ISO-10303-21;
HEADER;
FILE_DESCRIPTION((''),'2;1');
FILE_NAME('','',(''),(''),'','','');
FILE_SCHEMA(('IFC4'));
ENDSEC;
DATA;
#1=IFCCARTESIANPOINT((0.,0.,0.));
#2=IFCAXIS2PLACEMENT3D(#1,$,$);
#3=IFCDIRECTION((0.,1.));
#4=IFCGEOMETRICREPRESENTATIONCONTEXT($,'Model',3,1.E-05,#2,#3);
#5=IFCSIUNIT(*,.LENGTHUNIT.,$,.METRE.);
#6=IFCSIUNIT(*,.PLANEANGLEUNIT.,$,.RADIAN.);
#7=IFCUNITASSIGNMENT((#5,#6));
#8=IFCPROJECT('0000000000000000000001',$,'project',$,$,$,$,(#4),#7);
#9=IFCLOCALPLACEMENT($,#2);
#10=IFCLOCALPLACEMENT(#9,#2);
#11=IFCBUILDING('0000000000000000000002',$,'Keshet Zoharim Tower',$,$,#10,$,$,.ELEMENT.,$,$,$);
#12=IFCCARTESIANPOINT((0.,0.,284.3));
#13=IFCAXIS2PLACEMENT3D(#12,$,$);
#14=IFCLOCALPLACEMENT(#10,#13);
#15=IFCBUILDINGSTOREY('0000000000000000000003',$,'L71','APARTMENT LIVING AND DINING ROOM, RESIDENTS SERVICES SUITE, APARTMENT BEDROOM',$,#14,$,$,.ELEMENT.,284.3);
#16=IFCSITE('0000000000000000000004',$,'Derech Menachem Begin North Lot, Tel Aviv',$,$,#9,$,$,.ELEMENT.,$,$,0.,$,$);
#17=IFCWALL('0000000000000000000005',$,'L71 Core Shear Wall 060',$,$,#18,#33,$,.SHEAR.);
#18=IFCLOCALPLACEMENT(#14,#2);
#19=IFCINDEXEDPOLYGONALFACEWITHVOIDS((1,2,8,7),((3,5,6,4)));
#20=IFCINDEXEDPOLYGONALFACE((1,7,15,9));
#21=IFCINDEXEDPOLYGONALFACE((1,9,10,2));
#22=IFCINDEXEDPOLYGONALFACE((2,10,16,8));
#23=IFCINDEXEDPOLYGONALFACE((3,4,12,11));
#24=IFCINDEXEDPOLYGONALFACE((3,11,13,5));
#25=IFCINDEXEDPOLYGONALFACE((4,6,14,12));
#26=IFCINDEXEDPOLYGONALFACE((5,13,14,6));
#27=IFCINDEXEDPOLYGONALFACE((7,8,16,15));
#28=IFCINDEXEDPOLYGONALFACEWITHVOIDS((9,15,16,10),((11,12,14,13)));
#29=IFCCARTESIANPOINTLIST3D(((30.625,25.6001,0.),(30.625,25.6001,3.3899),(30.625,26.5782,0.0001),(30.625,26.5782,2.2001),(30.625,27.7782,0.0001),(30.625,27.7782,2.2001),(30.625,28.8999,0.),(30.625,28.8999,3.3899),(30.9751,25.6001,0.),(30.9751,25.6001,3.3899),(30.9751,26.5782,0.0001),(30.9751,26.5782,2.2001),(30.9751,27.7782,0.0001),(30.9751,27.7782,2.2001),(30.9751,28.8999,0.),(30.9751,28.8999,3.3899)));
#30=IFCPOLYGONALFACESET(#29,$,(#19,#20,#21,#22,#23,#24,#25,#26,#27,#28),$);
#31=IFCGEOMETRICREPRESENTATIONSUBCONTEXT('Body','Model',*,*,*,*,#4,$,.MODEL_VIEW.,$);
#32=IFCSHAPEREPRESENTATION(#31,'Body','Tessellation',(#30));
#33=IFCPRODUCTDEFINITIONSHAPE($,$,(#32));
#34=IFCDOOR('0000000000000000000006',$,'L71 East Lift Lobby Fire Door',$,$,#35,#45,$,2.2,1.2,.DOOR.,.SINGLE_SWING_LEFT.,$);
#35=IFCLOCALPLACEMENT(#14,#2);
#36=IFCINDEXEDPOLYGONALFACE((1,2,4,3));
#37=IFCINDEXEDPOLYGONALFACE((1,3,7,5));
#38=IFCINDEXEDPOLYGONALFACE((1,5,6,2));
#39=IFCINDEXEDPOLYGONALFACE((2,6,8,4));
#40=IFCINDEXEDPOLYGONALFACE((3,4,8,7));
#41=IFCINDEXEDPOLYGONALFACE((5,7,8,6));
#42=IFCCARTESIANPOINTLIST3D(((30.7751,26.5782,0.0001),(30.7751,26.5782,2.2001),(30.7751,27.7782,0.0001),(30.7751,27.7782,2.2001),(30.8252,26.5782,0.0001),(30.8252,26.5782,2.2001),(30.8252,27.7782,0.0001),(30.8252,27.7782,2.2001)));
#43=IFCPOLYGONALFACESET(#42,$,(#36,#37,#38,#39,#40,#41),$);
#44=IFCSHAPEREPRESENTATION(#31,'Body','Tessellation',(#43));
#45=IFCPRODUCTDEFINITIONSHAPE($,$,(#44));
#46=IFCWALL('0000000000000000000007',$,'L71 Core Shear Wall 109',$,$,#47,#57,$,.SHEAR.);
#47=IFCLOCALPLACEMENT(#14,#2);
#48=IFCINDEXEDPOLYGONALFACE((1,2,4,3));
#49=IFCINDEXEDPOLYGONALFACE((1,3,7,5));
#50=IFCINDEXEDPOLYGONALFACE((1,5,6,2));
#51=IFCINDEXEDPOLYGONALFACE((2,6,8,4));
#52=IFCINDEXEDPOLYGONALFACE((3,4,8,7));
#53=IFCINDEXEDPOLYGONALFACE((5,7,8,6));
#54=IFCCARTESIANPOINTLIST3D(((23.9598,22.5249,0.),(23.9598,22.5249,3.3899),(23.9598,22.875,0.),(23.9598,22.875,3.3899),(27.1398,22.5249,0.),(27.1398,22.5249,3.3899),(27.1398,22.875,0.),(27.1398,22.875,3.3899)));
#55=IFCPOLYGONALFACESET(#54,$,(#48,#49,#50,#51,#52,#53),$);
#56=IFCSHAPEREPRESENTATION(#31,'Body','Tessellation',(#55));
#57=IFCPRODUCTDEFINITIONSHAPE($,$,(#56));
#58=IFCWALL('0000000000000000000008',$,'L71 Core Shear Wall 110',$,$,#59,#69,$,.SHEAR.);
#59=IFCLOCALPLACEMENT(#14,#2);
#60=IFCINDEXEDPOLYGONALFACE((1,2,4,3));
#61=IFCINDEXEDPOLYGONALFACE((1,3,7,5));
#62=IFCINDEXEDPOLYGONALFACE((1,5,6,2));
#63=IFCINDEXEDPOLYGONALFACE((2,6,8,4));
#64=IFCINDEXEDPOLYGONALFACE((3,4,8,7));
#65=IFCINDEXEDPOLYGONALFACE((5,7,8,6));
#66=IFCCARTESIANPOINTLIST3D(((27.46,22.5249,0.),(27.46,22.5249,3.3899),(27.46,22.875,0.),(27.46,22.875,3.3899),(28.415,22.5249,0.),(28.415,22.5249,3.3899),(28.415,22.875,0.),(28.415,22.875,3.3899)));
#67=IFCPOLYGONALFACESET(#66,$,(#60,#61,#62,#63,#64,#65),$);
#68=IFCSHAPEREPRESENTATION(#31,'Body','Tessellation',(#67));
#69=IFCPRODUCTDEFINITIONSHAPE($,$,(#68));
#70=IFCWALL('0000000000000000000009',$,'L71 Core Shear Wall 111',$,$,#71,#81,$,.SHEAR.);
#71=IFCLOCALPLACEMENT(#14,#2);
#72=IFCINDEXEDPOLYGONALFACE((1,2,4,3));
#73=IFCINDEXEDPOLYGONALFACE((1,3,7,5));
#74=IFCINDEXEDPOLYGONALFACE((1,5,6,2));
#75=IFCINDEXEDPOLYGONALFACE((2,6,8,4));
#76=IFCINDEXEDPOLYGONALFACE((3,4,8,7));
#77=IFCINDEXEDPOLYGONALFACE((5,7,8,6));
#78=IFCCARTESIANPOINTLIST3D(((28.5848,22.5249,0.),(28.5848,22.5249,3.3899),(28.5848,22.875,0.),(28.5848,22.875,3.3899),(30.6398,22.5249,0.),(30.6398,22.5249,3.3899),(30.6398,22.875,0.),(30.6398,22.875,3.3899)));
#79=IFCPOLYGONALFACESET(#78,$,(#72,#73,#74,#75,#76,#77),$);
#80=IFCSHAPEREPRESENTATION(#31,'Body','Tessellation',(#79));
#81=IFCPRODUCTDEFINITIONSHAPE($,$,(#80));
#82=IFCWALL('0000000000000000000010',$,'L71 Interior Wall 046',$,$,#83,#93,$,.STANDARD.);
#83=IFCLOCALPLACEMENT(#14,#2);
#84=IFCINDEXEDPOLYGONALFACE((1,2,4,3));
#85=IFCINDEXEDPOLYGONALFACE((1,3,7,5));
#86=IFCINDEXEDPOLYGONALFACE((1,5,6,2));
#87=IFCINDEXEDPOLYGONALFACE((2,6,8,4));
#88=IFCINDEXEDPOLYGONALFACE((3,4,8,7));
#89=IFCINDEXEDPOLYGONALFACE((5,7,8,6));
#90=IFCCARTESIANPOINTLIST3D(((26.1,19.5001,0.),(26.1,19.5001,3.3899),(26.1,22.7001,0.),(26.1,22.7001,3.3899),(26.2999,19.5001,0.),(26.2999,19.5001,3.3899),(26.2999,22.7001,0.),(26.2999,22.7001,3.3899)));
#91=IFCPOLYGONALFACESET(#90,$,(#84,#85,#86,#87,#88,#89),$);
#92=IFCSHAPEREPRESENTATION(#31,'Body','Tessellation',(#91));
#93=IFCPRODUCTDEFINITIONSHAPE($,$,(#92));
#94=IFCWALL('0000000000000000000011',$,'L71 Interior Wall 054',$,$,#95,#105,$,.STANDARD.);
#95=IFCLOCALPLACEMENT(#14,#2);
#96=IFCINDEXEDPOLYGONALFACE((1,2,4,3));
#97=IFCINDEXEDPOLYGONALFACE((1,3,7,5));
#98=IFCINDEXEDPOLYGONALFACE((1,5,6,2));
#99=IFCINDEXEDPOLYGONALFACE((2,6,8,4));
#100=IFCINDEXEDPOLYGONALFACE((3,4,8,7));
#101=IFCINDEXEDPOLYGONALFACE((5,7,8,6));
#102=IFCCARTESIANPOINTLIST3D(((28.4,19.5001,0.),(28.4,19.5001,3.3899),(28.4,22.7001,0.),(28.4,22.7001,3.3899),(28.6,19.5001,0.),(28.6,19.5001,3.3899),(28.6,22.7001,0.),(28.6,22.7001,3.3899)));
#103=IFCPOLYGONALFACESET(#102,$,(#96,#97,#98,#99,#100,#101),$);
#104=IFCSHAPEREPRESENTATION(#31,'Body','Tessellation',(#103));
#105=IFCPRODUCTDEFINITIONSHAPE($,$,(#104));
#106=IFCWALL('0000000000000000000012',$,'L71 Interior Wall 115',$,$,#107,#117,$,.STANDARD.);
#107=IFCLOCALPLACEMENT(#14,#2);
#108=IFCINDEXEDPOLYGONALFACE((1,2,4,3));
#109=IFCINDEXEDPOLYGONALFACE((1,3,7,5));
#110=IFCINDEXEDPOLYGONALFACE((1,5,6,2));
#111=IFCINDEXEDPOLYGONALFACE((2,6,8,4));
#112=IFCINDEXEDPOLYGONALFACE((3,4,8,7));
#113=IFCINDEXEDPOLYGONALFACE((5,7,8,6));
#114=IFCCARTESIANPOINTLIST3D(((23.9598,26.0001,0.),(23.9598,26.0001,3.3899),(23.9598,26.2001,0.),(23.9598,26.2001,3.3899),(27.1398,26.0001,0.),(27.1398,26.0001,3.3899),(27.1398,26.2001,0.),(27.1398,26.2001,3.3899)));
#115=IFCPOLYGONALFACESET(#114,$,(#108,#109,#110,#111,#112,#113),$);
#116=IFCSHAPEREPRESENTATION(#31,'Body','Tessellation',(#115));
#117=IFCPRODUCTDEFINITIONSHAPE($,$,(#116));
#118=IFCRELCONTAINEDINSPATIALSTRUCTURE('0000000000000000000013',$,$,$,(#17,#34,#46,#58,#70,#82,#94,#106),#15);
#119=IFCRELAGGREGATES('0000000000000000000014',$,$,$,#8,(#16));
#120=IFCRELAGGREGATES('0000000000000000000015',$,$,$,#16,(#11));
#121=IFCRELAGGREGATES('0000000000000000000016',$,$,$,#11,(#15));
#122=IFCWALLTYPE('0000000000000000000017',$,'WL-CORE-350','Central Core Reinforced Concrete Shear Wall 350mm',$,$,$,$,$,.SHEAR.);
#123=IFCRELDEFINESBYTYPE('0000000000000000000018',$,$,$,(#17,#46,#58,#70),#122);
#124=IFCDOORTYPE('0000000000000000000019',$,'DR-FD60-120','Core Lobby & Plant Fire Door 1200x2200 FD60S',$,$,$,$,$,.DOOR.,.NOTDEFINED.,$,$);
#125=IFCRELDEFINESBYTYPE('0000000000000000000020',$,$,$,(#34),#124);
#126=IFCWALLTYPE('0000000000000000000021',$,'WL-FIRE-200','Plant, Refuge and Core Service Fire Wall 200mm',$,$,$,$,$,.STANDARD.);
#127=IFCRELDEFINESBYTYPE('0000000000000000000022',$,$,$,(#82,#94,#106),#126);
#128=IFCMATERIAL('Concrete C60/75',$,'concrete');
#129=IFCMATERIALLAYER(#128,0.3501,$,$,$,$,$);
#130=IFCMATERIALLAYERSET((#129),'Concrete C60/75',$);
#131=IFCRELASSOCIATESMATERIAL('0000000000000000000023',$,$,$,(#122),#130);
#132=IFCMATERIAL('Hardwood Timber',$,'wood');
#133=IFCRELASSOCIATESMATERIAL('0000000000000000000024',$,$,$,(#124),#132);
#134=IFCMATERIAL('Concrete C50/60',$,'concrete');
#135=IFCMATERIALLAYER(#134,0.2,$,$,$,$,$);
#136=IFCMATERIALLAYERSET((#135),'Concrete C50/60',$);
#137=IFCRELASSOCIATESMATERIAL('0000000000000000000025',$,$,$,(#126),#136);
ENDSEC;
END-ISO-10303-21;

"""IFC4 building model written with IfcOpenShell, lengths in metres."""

from ifc_helpers import new_model, si_unit, direction, frame, frame_2d, origin, place, context, subcontext, project, spatial, rectangle, extrude, material, layer, layer_set, type_object, element, fill, save


model = new_model("IFC4")

# Units and contexts
model_context = context("Model", 3, precision=1e-05, world=origin(), true_north=direction((0.0, 1.0)))
body_context = subcontext(model_context, "Body", "Model", "MODEL_VIEW")
ifc_project = project(units=[si_unit("LENGTHUNIT", "METRE"), si_unit("PLANEANGLEUNIT", "RADIAN")], contexts=[model_context])

# Site, building, storey
site_placement = place(None, origin())
site = spatial("IfcSite", under=ifc_project, at=site_placement, Name="Derech Menachem Begin North Lot, Tel Aviv", CompositionType="ELEMENT", RefElevation=0.0)
building_placement = place(site_placement, origin())
building = spatial("IfcBuilding", under=site, at=building_placement, Name="Keshet Zoharim Tower", CompositionType="ELEMENT")
storey_placement = place(building_placement, frame((0.0, 0.0, 284.3)))
storey = spatial("IfcBuildingStorey", under=building, at=storey_placement, Name="L71", Description="APARTMENT LIVING AND DINING ROOM, RESIDENTS SERVICES SUITE, APARTMENT BEDROOM", CompositionType="ELEMENT", Elevation=284.3)

# Shared definitions
ifc_material_1 = material(Name="Concrete C50/60", Category="concrete")

# Shared definitions
ifc_material_2 = material(Name="Hardwood Timber", Category="wood")

# Shared definitions
ifc_material_3 = material(Name="Concrete C60/75", Category="concrete")
ifc_layer_1 = layer(ifc_material_3, 0.3501)
ifc_layer_set_1 = layer_set([ifc_layer_1], Name="Concrete C60/75")
wall_type_1 = type_object("IfcWallType", Name="WL-CORE-350", Description="Central Core Reinforced Concrete Shear Wall 350mm", PredefinedType="SHEAR", material=ifc_layer_set_1)

# Wall, opening, door
wall_1_placement = place(storey_placement, frame((30.8, 25.6001, 0.0), z_axis=(0.0, 0.0, 1.0), x_axis=(0.0, 1.0, 0.0)))
wall_1 = element("IfcWall", 1, at=wall_1_placement, inside=storey, type_object=wall_type_1, Name="L71 Core Shear Wall 060", PredefinedType="SHEAR", context=body_context, shape_type="SweptSolid", body=[
    extrude(rectangle(XDim=3.2998, YDim=0.3501, at=frame_2d((1.6499, 0.0))), origin(), (0.0, 0.0, 1.0), 3.3899),
])
opening_1_placement = place(wall_1_placement, frame((0.978, 0.0, 0.0)))
opening_1 = element("IfcOpeningElement", 2, at=opening_1_placement, cuts=wall_1, PredefinedType="OPENING", context=body_context, shape_type="SweptSolid", body=[
    extrude(rectangle(XDim=1.2, YDim=2.2, at=frame_2d((0.6001, 1.1001))), frame((0.0, 0.1851, 0.0), z_axis=(0.0, -1.0, 0.0), x_axis=(1.0, 0.0, 0.0)), (0.0, 0.0, 1.0), 0.3701),
])
door_type_1 = type_object("IfcDoorType", Name="DR-FD60-120", Description="Core Lobby & Plant Fire Door 1200x2200 FD60S", OperationType="NOTDEFINED", PredefinedType="DOOR", material=ifc_material_2)
door_1_placement = place(opening_1_placement, origin())
door_1 = element("IfcDoor", 3, at=door_1_placement, inside=storey, type_object=door_type_1, Name="L71 East Lift Lobby Fire Door", OperationType="SINGLE_SWING_LEFT", OverallHeight=2.2, OverallWidth=1.2, PredefinedType="DOOR", context=body_context, shape_type="SweptSolid", body=[
    extrude(rectangle(XDim=1.2, YDim=2.2, at=frame_2d((0.6001, 1.1001))), frame((0.0, 0.0249, 0.0), z_axis=(0.0, -1.0, 0.0), x_axis=(1.0, 0.0, 0.0)), (0.0, 0.0, 1.0), 0.05),
])
fill(opening_1, door_1)

# Walls
wall_2_placement = place(storey_placement, frame((23.96, 22.7, 0.0), z_axis=(0.0, 0.0, 1.0), x_axis=(1.0, 0.0, 0.0)))
element("IfcWall", 4, at=wall_2_placement, inside=storey, type_object=wall_type_1, Name="L71 Core Shear Wall 109", PredefinedType="SHEAR", context=body_context, shape_type="SweptSolid", body=[
    extrude(rectangle(XDim=3.1799, YDim=0.3501, at=frame_2d((1.5898, 0.0))), origin(), (0.0, 0.0, 1.0), 3.3899),
])
wall_3_placement = place(storey_placement, frame((27.46, 22.7, 0.0), z_axis=(0.0, 0.0, 1.0), x_axis=(1.0, 0.0, 0.0)))
element("IfcWall", 5, at=wall_3_placement, inside=storey, type_object=wall_type_1, Name="L71 Core Shear Wall 110", PredefinedType="SHEAR", context=body_context, shape_type="SweptSolid", body=[
    extrude(rectangle(XDim=0.9551, YDim=0.3501, at=frame_2d((0.4775, 0.0))), origin(), (0.0, 0.0, 1.0), 3.3899),
])
wall_4_placement = place(storey_placement, frame((28.585, 22.7, 0.0), z_axis=(0.0, 0.0, 1.0), x_axis=(1.0, 0.0, 0.0)))
element("IfcWall", 6, at=wall_4_placement, inside=storey, type_object=wall_type_1, Name="L71 Core Shear Wall 111", PredefinedType="SHEAR", context=body_context, shape_type="SweptSolid", body=[
    extrude(rectangle(XDim=2.0549, YDim=0.3501, at=frame_2d((1.0273, 0.0))), origin(), (0.0, 0.0, 1.0), 3.3899),
])

# Walls
ifc_layer_2 = layer(ifc_material_1, 0.2)
ifc_layer_set_2 = layer_set([ifc_layer_2], Name="Concrete C50/60")
wall_type_2 = type_object("IfcWallType", Name="WL-FIRE-200", Description="Plant, Refuge and Core Service Fire Wall 200mm", PredefinedType="STANDARD", material=ifc_layer_set_2)
for number, where, z_axis, x_axis, name in (
    (7, (26.2, 19.5, 0.0), (0.0, 0.0, 1.0), (0.0, 1.0, 0.0), "L71 Interior Wall 046"),
    (8, (28.5, 19.5, 0.0), (0.0, 0.0, 1.0), (0.0, 1.0, 0.0), "L71 Interior Wall 054"),
):
    element("IfcWall", number, at=place(storey_placement, frame(where, z_axis=z_axis, x_axis=x_axis)), inside=storey, type_object=wall_type_2, Name=name, PredefinedType="STANDARD", context=body_context, shape_type="SweptSolid", body=[
        extrude(rectangle(XDim=3.2, YDim=0.2, at=frame_2d((1.6001, 0.0))), origin(), (0.0, 0.0, 1.0), 3.3899),
    ])

# Wall
wall_5_placement = place(storey_placement, frame((23.96, 26.1001, 0.0), z_axis=(0.0, 0.0, 1.0), x_axis=(1.0, 0.0, 0.0)))
element("IfcWall", 9, at=wall_5_placement, inside=storey, type_object=wall_type_2, Name="L71 Interior Wall 115", PredefinedType="STANDARD", context=body_context, shape_type="SweptSolid", body=[
    extrude(rectangle(XDim=3.1799, YDim=0.2, at=frame_2d((1.5898, 0.0))), origin(), (0.0, 0.0, 1.0), 3.3899),
])

save(model, "model.ifc")
